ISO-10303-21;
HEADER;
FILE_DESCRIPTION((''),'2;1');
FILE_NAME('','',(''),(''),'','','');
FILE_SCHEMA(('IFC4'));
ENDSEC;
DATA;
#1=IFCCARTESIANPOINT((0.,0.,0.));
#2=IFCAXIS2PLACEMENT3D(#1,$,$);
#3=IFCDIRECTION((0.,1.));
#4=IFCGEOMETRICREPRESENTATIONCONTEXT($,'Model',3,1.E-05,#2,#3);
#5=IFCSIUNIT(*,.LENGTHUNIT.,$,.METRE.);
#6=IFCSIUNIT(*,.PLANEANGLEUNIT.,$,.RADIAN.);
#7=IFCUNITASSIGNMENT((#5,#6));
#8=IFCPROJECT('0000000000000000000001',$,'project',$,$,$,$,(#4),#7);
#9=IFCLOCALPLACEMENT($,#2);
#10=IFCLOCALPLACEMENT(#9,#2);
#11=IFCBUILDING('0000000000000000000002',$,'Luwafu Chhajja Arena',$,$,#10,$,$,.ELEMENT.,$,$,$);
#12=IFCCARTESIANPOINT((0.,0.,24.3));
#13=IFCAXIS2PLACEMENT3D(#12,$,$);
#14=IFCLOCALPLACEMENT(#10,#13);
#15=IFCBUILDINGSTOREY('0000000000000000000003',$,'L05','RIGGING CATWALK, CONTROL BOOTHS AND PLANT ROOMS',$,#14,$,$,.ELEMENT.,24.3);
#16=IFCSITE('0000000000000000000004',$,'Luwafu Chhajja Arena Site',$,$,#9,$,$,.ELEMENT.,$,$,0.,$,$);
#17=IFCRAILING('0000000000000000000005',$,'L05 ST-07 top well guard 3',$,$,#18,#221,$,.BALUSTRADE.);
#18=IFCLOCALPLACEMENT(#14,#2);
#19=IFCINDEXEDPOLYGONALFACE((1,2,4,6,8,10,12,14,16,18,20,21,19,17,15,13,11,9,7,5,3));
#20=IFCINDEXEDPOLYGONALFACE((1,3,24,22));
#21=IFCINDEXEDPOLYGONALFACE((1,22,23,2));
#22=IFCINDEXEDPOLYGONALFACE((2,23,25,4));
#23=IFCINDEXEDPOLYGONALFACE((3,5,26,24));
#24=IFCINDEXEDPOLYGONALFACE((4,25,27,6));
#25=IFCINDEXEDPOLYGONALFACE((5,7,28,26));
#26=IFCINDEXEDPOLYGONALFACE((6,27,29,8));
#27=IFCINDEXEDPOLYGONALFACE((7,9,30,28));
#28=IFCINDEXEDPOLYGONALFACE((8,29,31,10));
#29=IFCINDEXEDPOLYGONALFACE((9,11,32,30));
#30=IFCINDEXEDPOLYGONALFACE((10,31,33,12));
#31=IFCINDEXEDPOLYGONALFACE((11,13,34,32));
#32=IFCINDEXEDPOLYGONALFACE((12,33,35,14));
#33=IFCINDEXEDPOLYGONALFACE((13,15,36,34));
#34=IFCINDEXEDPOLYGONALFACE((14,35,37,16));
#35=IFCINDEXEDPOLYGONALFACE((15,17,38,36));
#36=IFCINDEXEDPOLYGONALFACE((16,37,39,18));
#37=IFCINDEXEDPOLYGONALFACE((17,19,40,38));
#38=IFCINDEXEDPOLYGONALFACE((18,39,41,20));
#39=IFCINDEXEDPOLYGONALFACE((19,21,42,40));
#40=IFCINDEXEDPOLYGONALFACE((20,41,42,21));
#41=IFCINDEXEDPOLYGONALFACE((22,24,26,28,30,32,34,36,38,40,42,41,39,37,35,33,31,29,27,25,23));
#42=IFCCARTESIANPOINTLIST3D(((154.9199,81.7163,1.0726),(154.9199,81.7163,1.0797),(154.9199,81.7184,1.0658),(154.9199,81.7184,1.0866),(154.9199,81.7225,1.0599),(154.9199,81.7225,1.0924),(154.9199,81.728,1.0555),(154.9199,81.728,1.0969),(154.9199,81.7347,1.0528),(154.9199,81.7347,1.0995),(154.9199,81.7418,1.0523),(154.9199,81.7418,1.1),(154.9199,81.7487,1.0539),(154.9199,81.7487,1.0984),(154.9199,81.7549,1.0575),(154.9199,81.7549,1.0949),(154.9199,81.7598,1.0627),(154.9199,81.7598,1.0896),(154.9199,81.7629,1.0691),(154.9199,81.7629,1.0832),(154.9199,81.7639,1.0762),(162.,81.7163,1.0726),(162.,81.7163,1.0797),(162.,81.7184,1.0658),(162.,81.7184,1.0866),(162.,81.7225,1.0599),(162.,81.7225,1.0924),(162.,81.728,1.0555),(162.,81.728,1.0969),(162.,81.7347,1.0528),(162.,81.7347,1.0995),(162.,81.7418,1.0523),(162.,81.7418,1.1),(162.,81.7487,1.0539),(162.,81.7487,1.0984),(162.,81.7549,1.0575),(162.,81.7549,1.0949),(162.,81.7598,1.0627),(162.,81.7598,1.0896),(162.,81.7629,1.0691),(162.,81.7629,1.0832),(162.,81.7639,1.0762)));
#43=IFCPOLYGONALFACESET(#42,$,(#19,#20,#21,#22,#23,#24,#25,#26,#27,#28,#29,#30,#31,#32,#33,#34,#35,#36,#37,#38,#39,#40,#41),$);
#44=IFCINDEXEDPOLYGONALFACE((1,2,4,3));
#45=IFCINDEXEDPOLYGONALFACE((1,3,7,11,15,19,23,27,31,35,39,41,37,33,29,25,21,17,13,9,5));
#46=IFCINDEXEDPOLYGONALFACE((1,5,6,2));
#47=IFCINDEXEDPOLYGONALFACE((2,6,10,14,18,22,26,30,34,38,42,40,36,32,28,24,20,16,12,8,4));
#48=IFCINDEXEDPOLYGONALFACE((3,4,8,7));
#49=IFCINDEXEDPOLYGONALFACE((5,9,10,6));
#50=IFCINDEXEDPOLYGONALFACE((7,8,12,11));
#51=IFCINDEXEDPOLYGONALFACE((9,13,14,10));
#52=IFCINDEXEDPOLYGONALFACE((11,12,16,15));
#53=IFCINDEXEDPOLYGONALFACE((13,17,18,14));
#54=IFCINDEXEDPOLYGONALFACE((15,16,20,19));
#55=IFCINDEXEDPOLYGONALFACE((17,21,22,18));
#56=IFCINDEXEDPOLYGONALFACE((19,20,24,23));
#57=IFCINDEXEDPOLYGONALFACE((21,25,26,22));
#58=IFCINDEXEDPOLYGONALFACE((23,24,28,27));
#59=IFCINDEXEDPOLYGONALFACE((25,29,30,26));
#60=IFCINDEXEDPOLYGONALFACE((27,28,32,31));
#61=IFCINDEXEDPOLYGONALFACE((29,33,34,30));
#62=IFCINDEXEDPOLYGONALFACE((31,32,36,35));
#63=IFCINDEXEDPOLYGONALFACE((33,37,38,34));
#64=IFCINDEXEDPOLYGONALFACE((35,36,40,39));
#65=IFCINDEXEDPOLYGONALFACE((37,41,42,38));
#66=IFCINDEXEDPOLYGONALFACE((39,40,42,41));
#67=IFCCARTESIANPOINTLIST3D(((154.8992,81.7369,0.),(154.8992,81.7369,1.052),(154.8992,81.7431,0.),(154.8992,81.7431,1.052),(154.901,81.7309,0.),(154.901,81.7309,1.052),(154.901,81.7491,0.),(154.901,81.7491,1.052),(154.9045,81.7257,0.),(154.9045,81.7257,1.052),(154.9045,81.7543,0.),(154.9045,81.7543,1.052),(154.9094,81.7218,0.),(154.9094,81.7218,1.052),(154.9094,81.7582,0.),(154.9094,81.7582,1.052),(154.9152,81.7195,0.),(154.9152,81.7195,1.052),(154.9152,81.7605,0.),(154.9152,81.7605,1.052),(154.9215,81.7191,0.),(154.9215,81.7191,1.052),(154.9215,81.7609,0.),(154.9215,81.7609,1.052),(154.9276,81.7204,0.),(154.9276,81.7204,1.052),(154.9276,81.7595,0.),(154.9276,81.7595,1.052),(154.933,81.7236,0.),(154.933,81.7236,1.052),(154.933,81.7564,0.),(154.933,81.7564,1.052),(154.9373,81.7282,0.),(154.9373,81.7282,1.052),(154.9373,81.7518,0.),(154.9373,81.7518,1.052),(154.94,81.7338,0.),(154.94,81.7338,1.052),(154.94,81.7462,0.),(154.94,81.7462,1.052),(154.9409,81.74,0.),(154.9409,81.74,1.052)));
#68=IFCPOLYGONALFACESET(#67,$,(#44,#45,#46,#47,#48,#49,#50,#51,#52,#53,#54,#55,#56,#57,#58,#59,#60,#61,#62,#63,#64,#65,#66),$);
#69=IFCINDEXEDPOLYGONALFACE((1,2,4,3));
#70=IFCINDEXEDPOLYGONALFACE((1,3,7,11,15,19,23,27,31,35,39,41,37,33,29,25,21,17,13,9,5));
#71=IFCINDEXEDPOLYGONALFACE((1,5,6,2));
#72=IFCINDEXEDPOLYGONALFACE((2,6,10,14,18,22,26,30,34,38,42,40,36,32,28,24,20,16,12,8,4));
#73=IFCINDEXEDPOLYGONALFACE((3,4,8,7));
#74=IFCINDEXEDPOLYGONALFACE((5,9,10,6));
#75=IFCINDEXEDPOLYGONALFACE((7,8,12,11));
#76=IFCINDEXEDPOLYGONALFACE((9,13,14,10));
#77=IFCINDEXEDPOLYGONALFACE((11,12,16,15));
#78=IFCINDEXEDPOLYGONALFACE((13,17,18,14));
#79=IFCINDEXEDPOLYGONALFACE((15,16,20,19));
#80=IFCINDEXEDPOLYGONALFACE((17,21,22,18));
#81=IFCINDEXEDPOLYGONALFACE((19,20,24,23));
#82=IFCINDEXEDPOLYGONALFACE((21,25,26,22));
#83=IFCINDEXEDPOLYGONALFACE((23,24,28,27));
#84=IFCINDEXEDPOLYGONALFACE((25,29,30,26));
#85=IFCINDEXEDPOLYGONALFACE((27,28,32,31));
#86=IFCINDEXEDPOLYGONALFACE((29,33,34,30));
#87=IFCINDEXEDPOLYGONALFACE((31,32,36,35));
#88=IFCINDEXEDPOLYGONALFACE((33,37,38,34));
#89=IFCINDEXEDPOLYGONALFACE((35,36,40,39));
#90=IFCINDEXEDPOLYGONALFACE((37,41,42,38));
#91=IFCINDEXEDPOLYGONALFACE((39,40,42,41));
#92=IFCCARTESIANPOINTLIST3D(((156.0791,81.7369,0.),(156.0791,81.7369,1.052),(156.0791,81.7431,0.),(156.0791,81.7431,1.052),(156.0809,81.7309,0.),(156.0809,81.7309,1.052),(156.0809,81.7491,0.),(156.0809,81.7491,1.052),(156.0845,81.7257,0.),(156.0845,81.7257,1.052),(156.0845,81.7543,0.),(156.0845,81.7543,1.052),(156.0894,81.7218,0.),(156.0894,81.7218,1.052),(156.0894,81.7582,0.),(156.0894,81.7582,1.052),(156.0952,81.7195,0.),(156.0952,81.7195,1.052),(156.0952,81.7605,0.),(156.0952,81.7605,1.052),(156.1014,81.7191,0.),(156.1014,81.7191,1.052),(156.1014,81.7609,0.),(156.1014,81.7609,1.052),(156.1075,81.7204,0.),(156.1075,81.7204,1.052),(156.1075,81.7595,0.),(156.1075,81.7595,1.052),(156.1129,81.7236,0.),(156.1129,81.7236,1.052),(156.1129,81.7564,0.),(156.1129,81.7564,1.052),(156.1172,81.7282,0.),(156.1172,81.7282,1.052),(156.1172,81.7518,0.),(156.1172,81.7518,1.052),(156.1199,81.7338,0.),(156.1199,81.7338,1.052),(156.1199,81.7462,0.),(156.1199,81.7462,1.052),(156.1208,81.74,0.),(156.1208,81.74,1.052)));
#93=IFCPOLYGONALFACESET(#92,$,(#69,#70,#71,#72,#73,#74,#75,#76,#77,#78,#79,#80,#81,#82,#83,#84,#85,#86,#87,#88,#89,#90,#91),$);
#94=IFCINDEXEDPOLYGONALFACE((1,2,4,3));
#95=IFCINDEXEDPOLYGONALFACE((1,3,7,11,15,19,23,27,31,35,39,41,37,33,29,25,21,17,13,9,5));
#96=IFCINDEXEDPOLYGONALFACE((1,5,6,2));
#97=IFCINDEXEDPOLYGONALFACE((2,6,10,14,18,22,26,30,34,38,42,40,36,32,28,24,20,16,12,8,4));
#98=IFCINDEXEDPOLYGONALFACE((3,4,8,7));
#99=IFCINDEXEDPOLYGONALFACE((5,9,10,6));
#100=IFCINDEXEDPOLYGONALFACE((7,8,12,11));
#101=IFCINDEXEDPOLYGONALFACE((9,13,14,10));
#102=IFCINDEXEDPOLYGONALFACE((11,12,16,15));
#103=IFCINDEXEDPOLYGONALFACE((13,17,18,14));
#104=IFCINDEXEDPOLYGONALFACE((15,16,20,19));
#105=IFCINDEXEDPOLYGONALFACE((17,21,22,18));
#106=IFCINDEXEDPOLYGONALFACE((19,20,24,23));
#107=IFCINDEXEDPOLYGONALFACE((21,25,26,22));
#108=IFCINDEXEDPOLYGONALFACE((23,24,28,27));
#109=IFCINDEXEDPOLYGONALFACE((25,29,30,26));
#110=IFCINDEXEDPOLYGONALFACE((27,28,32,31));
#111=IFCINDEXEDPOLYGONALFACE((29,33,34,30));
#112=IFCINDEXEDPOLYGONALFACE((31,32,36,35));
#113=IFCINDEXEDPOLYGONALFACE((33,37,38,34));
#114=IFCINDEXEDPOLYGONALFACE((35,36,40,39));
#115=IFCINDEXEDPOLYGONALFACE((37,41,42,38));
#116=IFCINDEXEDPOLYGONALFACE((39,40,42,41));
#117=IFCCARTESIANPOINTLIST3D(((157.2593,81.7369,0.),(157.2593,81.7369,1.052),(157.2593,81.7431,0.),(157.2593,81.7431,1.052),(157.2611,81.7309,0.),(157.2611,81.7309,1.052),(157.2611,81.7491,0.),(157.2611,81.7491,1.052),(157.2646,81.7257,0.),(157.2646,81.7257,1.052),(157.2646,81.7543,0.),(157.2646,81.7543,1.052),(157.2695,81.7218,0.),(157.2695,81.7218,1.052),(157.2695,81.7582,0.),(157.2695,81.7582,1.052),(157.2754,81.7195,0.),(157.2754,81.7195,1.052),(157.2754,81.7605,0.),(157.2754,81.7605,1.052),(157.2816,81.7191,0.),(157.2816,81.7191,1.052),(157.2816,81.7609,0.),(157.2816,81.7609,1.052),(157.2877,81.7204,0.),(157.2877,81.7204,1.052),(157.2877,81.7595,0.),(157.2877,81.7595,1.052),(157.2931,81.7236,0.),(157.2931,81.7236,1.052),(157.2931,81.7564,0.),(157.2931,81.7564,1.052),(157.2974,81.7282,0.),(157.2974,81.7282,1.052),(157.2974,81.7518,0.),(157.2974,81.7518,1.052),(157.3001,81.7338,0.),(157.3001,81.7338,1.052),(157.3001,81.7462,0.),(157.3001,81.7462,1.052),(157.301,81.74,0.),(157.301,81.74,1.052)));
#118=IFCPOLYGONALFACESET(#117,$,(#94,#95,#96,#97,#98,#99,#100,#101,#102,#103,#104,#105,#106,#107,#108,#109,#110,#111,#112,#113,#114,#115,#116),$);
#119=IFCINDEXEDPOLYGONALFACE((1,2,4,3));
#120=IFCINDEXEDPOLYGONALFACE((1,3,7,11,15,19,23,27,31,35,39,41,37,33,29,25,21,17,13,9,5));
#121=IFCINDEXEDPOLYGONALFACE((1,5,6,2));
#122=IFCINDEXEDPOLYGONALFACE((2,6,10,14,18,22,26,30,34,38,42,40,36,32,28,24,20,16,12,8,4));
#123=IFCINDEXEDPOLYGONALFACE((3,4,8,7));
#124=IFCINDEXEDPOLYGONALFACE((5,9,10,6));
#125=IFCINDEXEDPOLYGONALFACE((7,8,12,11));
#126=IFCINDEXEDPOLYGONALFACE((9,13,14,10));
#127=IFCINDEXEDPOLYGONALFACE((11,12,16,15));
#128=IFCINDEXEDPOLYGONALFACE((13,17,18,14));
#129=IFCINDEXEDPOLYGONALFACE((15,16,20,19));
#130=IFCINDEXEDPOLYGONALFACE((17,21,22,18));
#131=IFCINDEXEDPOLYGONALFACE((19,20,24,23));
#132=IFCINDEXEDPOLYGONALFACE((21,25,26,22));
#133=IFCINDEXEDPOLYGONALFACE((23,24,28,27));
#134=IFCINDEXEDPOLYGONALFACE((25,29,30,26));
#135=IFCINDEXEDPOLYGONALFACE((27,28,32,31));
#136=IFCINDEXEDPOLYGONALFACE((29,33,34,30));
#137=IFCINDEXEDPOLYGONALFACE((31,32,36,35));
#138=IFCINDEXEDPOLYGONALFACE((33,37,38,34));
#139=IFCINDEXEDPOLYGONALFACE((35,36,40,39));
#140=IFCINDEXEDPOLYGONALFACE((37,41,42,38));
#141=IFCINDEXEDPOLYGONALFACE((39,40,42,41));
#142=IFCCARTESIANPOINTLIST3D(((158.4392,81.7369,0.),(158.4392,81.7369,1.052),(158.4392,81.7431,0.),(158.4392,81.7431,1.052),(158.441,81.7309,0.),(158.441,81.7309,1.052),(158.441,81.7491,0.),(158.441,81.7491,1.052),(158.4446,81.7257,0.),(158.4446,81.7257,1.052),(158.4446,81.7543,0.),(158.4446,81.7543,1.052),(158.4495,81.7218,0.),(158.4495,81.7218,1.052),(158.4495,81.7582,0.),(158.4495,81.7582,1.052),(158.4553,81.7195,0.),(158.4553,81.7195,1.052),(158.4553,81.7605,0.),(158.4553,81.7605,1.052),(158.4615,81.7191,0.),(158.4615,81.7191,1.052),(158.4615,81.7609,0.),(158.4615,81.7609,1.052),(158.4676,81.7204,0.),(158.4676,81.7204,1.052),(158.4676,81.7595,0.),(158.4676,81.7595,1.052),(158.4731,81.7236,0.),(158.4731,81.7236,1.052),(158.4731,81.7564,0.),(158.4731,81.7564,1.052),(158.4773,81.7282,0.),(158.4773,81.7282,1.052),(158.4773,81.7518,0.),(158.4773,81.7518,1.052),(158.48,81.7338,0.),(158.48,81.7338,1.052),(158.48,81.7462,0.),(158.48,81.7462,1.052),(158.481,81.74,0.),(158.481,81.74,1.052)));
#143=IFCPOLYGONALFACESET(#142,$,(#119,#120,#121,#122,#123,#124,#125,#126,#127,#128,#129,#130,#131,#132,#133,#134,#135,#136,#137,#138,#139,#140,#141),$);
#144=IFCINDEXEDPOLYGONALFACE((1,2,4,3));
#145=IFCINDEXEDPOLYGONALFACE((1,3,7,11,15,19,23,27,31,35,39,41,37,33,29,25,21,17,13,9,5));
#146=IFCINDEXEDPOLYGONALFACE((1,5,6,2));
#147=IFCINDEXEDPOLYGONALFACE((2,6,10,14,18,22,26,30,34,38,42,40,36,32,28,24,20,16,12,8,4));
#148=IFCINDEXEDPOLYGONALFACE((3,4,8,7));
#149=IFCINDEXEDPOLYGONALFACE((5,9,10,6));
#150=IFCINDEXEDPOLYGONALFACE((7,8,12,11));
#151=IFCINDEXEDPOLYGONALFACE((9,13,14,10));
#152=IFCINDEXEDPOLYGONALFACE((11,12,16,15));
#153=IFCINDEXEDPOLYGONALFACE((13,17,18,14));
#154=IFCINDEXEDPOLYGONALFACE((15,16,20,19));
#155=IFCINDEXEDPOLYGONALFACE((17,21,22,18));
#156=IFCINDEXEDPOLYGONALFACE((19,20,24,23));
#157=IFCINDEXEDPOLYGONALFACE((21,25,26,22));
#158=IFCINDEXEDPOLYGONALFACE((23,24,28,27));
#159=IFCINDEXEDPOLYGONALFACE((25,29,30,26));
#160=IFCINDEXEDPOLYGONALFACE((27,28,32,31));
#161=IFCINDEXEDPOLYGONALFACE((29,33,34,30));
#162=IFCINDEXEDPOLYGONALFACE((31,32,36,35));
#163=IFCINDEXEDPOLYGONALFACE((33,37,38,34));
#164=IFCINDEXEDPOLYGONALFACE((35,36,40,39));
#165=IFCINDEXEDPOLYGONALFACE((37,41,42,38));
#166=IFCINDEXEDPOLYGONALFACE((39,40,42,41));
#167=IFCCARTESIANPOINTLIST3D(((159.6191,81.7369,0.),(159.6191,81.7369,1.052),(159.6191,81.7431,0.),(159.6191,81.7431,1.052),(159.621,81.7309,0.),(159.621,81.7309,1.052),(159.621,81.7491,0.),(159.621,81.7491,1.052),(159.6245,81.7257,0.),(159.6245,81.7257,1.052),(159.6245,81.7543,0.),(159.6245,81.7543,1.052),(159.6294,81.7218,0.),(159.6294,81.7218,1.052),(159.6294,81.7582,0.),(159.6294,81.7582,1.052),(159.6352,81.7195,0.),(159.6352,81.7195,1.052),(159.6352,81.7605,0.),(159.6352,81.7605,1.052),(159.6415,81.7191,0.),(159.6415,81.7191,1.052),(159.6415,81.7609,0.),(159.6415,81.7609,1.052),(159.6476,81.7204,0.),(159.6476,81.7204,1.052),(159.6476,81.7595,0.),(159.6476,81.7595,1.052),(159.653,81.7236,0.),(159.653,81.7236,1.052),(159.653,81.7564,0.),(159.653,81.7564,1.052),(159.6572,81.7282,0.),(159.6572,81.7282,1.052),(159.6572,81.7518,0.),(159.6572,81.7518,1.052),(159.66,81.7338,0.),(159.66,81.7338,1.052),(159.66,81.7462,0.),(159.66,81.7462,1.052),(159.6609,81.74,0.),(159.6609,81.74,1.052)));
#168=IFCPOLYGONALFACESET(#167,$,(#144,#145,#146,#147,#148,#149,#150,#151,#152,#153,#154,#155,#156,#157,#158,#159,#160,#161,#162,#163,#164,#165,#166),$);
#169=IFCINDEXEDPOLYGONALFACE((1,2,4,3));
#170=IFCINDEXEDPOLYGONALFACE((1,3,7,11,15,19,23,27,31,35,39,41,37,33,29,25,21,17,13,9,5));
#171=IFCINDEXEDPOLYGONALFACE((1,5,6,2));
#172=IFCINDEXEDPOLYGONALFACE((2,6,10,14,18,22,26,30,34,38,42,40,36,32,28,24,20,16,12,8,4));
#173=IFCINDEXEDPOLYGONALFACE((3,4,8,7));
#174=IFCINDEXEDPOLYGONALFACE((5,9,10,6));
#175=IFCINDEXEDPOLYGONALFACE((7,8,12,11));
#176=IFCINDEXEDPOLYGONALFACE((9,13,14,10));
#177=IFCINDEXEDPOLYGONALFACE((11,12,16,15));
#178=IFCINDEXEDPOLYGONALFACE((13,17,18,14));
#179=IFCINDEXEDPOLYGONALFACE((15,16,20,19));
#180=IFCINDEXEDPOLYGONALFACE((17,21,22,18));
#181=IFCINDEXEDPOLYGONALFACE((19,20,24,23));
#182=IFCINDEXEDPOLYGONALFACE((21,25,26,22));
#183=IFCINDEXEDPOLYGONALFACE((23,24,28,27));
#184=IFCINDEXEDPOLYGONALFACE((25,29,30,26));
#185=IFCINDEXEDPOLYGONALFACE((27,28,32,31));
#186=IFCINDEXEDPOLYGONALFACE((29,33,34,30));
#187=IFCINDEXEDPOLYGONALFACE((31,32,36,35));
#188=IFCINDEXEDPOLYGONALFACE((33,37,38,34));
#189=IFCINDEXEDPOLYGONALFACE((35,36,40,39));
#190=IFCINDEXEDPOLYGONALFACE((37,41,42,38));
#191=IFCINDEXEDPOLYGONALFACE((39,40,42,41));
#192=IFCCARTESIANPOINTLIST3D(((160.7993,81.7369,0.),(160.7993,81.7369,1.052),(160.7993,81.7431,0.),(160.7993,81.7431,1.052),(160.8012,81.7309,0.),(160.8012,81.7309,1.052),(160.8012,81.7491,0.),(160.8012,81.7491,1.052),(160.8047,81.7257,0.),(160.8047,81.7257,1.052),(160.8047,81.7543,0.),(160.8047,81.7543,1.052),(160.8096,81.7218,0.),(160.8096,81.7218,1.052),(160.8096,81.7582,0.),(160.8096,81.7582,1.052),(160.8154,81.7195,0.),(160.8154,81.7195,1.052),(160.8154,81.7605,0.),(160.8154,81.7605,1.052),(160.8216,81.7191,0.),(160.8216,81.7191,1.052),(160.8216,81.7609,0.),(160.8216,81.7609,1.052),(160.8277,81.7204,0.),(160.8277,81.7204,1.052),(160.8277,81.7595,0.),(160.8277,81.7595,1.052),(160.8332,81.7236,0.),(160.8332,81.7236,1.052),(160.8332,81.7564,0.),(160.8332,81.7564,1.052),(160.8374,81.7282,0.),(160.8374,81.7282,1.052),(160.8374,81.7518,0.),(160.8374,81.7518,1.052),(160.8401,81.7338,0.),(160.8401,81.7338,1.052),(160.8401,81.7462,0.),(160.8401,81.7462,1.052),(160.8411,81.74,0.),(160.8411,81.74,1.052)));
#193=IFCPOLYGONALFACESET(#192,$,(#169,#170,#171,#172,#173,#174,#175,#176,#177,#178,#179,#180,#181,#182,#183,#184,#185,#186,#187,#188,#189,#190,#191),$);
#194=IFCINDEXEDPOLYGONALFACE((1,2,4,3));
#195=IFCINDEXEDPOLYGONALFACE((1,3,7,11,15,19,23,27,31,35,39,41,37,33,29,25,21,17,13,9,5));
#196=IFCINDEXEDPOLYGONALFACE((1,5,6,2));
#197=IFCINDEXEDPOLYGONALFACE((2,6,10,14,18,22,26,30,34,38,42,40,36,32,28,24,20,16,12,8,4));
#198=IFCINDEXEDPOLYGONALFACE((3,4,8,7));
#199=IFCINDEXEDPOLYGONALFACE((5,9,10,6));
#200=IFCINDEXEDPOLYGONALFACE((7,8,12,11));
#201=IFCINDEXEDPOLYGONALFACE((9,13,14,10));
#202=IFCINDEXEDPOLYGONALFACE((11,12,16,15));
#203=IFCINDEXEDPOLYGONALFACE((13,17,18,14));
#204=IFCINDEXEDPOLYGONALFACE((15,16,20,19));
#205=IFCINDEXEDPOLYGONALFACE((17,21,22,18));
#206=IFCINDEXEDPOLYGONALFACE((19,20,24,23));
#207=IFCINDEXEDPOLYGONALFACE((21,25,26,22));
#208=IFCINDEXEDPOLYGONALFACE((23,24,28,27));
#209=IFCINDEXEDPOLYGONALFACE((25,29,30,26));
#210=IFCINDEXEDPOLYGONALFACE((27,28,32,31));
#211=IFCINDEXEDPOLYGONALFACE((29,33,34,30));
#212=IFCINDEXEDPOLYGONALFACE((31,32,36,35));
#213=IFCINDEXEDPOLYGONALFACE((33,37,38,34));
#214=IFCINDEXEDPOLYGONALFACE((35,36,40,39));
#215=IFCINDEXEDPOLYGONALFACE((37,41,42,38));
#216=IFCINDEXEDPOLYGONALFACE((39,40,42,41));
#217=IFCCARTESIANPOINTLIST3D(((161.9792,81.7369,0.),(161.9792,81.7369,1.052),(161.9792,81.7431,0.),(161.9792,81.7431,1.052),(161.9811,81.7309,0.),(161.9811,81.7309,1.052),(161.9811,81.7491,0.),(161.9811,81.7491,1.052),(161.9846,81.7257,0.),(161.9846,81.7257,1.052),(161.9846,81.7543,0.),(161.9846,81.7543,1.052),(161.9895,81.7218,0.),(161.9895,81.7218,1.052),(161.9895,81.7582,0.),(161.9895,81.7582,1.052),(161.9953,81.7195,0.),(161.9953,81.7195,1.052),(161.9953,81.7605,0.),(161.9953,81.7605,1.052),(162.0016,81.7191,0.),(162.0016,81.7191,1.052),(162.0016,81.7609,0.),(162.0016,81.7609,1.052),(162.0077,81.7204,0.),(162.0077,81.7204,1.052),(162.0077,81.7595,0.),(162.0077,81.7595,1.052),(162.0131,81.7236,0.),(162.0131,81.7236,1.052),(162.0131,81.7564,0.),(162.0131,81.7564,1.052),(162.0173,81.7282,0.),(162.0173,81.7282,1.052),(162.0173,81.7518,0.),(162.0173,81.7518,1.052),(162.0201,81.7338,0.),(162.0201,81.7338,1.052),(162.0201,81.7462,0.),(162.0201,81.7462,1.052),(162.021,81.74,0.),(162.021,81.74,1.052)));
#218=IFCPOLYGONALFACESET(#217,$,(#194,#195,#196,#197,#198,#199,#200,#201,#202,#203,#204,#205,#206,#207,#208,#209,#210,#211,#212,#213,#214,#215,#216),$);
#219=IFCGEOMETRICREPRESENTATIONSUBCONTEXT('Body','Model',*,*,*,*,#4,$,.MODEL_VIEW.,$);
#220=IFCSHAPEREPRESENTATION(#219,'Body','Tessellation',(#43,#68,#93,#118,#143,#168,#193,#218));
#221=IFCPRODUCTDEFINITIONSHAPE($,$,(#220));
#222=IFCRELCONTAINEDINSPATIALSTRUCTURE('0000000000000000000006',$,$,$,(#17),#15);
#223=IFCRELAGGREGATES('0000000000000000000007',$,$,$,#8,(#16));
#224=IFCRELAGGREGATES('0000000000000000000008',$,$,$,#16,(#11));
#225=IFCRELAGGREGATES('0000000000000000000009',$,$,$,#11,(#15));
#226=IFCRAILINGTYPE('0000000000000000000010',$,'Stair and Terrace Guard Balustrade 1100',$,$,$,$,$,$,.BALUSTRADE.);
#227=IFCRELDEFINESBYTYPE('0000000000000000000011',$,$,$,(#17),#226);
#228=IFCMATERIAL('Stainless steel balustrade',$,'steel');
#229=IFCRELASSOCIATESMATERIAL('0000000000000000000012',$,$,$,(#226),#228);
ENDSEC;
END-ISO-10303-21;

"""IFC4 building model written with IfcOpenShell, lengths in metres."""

from ifc_helpers import new_model, si_unit, direction, frame, origin, origin_2d, place, context, subcontext, project, spatial, circle, extrude, material, type_object, element, save


model = new_model("IFC4")

# Units and contexts
model_context = context("Model", 3, precision=1e-05, world=origin(), true_north=direction((0.0, 1.0)))
body_context = subcontext(model_context, "Body", "Model", "MODEL_VIEW")
ifc_project = project(units=[si_unit("LENGTHUNIT", "METRE"), si_unit("PLANEANGLEUNIT", "RADIAN")], contexts=[model_context])

# Site, building, storey
site_placement = place(None, origin())
site = spatial("IfcSite", under=ifc_project, at=site_placement, Name="Luwafu Chhajja Arena Site", CompositionType="ELEMENT", RefElevation=0.0)
building_placement = place(site_placement, origin())
building = spatial("IfcBuilding", under=site, at=building_placement, Name="Luwafu Chhajja Arena", CompositionType="ELEMENT")
storey_placement = place(building_placement, frame((0.0, 0.0, 24.3)))
storey = spatial("IfcBuildingStorey", under=building, at=storey_placement, Name="L05", Description="RIGGING CATWALK, CONTROL BOOTHS AND PLANT ROOMS", CompositionType="ELEMENT", Elevation=24.3)

# Railing
ifc_material_1 = material(Name="Stainless steel balustrade", Category="steel")
railing_type = type_object("IfcRailingType", Name="Stair and Terrace Guard Balustrade 1100", PredefinedType="BALUSTRADE", material=ifc_material_1)
railing_1_placement = place(storey_placement, frame((154.9199, 81.74, 0.0)))
element("IfcRailing", 1, at=railing_1_placement, inside=storey, type_object=railing_type, Name="L05 ST-07 top well guard 3", PredefinedType="BALUSTRADE", context=body_context, shape_type="SweptSolid", body=[
    extrude(circle(Radius=0.0239, at=origin_2d()), frame((0.0, 0.0, 1.0762), z_axis=(1.0, 0.0, 0.0), x_axis=(0.0, 1.0, 0.0)), (0.0, 0.0, 1.0), 7.0801),
    extrude(circle(Radius=0.021, at=origin_2d()), origin(), (0.0, 0.0, 1.0), 1.052),
    extrude(circle(Radius=0.021, at=origin_2d()), frame((1.1799, 0.0, 0.0)), (0.0, 0.0, 1.0), 1.052),
    extrude(circle(Radius=0.021, at=origin_2d()), frame((2.3601, 0.0, 0.0)), (0.0, 0.0, 1.0), 1.052),
    extrude(circle(Radius=0.021, at=origin_2d()), frame((3.54, 0.0, 0.0)), (0.0, 0.0, 1.0), 1.052),
    extrude(circle(Radius=0.021, at=origin_2d()), frame((4.72, 0.0, 0.0)), (0.0, 0.0, 1.0), 1.052),
    extrude(circle(Radius=0.021, at=origin_2d()), frame((5.9001, 0.0, 0.0)), (0.0, 0.0, 1.0), 1.052),
    extrude(circle(Radius=0.021, at=origin_2d()), frame((7.0801, 0.0, 0.0)), (0.0, 0.0, 1.0), 1.052),
])

save(model, "model.ifc")
